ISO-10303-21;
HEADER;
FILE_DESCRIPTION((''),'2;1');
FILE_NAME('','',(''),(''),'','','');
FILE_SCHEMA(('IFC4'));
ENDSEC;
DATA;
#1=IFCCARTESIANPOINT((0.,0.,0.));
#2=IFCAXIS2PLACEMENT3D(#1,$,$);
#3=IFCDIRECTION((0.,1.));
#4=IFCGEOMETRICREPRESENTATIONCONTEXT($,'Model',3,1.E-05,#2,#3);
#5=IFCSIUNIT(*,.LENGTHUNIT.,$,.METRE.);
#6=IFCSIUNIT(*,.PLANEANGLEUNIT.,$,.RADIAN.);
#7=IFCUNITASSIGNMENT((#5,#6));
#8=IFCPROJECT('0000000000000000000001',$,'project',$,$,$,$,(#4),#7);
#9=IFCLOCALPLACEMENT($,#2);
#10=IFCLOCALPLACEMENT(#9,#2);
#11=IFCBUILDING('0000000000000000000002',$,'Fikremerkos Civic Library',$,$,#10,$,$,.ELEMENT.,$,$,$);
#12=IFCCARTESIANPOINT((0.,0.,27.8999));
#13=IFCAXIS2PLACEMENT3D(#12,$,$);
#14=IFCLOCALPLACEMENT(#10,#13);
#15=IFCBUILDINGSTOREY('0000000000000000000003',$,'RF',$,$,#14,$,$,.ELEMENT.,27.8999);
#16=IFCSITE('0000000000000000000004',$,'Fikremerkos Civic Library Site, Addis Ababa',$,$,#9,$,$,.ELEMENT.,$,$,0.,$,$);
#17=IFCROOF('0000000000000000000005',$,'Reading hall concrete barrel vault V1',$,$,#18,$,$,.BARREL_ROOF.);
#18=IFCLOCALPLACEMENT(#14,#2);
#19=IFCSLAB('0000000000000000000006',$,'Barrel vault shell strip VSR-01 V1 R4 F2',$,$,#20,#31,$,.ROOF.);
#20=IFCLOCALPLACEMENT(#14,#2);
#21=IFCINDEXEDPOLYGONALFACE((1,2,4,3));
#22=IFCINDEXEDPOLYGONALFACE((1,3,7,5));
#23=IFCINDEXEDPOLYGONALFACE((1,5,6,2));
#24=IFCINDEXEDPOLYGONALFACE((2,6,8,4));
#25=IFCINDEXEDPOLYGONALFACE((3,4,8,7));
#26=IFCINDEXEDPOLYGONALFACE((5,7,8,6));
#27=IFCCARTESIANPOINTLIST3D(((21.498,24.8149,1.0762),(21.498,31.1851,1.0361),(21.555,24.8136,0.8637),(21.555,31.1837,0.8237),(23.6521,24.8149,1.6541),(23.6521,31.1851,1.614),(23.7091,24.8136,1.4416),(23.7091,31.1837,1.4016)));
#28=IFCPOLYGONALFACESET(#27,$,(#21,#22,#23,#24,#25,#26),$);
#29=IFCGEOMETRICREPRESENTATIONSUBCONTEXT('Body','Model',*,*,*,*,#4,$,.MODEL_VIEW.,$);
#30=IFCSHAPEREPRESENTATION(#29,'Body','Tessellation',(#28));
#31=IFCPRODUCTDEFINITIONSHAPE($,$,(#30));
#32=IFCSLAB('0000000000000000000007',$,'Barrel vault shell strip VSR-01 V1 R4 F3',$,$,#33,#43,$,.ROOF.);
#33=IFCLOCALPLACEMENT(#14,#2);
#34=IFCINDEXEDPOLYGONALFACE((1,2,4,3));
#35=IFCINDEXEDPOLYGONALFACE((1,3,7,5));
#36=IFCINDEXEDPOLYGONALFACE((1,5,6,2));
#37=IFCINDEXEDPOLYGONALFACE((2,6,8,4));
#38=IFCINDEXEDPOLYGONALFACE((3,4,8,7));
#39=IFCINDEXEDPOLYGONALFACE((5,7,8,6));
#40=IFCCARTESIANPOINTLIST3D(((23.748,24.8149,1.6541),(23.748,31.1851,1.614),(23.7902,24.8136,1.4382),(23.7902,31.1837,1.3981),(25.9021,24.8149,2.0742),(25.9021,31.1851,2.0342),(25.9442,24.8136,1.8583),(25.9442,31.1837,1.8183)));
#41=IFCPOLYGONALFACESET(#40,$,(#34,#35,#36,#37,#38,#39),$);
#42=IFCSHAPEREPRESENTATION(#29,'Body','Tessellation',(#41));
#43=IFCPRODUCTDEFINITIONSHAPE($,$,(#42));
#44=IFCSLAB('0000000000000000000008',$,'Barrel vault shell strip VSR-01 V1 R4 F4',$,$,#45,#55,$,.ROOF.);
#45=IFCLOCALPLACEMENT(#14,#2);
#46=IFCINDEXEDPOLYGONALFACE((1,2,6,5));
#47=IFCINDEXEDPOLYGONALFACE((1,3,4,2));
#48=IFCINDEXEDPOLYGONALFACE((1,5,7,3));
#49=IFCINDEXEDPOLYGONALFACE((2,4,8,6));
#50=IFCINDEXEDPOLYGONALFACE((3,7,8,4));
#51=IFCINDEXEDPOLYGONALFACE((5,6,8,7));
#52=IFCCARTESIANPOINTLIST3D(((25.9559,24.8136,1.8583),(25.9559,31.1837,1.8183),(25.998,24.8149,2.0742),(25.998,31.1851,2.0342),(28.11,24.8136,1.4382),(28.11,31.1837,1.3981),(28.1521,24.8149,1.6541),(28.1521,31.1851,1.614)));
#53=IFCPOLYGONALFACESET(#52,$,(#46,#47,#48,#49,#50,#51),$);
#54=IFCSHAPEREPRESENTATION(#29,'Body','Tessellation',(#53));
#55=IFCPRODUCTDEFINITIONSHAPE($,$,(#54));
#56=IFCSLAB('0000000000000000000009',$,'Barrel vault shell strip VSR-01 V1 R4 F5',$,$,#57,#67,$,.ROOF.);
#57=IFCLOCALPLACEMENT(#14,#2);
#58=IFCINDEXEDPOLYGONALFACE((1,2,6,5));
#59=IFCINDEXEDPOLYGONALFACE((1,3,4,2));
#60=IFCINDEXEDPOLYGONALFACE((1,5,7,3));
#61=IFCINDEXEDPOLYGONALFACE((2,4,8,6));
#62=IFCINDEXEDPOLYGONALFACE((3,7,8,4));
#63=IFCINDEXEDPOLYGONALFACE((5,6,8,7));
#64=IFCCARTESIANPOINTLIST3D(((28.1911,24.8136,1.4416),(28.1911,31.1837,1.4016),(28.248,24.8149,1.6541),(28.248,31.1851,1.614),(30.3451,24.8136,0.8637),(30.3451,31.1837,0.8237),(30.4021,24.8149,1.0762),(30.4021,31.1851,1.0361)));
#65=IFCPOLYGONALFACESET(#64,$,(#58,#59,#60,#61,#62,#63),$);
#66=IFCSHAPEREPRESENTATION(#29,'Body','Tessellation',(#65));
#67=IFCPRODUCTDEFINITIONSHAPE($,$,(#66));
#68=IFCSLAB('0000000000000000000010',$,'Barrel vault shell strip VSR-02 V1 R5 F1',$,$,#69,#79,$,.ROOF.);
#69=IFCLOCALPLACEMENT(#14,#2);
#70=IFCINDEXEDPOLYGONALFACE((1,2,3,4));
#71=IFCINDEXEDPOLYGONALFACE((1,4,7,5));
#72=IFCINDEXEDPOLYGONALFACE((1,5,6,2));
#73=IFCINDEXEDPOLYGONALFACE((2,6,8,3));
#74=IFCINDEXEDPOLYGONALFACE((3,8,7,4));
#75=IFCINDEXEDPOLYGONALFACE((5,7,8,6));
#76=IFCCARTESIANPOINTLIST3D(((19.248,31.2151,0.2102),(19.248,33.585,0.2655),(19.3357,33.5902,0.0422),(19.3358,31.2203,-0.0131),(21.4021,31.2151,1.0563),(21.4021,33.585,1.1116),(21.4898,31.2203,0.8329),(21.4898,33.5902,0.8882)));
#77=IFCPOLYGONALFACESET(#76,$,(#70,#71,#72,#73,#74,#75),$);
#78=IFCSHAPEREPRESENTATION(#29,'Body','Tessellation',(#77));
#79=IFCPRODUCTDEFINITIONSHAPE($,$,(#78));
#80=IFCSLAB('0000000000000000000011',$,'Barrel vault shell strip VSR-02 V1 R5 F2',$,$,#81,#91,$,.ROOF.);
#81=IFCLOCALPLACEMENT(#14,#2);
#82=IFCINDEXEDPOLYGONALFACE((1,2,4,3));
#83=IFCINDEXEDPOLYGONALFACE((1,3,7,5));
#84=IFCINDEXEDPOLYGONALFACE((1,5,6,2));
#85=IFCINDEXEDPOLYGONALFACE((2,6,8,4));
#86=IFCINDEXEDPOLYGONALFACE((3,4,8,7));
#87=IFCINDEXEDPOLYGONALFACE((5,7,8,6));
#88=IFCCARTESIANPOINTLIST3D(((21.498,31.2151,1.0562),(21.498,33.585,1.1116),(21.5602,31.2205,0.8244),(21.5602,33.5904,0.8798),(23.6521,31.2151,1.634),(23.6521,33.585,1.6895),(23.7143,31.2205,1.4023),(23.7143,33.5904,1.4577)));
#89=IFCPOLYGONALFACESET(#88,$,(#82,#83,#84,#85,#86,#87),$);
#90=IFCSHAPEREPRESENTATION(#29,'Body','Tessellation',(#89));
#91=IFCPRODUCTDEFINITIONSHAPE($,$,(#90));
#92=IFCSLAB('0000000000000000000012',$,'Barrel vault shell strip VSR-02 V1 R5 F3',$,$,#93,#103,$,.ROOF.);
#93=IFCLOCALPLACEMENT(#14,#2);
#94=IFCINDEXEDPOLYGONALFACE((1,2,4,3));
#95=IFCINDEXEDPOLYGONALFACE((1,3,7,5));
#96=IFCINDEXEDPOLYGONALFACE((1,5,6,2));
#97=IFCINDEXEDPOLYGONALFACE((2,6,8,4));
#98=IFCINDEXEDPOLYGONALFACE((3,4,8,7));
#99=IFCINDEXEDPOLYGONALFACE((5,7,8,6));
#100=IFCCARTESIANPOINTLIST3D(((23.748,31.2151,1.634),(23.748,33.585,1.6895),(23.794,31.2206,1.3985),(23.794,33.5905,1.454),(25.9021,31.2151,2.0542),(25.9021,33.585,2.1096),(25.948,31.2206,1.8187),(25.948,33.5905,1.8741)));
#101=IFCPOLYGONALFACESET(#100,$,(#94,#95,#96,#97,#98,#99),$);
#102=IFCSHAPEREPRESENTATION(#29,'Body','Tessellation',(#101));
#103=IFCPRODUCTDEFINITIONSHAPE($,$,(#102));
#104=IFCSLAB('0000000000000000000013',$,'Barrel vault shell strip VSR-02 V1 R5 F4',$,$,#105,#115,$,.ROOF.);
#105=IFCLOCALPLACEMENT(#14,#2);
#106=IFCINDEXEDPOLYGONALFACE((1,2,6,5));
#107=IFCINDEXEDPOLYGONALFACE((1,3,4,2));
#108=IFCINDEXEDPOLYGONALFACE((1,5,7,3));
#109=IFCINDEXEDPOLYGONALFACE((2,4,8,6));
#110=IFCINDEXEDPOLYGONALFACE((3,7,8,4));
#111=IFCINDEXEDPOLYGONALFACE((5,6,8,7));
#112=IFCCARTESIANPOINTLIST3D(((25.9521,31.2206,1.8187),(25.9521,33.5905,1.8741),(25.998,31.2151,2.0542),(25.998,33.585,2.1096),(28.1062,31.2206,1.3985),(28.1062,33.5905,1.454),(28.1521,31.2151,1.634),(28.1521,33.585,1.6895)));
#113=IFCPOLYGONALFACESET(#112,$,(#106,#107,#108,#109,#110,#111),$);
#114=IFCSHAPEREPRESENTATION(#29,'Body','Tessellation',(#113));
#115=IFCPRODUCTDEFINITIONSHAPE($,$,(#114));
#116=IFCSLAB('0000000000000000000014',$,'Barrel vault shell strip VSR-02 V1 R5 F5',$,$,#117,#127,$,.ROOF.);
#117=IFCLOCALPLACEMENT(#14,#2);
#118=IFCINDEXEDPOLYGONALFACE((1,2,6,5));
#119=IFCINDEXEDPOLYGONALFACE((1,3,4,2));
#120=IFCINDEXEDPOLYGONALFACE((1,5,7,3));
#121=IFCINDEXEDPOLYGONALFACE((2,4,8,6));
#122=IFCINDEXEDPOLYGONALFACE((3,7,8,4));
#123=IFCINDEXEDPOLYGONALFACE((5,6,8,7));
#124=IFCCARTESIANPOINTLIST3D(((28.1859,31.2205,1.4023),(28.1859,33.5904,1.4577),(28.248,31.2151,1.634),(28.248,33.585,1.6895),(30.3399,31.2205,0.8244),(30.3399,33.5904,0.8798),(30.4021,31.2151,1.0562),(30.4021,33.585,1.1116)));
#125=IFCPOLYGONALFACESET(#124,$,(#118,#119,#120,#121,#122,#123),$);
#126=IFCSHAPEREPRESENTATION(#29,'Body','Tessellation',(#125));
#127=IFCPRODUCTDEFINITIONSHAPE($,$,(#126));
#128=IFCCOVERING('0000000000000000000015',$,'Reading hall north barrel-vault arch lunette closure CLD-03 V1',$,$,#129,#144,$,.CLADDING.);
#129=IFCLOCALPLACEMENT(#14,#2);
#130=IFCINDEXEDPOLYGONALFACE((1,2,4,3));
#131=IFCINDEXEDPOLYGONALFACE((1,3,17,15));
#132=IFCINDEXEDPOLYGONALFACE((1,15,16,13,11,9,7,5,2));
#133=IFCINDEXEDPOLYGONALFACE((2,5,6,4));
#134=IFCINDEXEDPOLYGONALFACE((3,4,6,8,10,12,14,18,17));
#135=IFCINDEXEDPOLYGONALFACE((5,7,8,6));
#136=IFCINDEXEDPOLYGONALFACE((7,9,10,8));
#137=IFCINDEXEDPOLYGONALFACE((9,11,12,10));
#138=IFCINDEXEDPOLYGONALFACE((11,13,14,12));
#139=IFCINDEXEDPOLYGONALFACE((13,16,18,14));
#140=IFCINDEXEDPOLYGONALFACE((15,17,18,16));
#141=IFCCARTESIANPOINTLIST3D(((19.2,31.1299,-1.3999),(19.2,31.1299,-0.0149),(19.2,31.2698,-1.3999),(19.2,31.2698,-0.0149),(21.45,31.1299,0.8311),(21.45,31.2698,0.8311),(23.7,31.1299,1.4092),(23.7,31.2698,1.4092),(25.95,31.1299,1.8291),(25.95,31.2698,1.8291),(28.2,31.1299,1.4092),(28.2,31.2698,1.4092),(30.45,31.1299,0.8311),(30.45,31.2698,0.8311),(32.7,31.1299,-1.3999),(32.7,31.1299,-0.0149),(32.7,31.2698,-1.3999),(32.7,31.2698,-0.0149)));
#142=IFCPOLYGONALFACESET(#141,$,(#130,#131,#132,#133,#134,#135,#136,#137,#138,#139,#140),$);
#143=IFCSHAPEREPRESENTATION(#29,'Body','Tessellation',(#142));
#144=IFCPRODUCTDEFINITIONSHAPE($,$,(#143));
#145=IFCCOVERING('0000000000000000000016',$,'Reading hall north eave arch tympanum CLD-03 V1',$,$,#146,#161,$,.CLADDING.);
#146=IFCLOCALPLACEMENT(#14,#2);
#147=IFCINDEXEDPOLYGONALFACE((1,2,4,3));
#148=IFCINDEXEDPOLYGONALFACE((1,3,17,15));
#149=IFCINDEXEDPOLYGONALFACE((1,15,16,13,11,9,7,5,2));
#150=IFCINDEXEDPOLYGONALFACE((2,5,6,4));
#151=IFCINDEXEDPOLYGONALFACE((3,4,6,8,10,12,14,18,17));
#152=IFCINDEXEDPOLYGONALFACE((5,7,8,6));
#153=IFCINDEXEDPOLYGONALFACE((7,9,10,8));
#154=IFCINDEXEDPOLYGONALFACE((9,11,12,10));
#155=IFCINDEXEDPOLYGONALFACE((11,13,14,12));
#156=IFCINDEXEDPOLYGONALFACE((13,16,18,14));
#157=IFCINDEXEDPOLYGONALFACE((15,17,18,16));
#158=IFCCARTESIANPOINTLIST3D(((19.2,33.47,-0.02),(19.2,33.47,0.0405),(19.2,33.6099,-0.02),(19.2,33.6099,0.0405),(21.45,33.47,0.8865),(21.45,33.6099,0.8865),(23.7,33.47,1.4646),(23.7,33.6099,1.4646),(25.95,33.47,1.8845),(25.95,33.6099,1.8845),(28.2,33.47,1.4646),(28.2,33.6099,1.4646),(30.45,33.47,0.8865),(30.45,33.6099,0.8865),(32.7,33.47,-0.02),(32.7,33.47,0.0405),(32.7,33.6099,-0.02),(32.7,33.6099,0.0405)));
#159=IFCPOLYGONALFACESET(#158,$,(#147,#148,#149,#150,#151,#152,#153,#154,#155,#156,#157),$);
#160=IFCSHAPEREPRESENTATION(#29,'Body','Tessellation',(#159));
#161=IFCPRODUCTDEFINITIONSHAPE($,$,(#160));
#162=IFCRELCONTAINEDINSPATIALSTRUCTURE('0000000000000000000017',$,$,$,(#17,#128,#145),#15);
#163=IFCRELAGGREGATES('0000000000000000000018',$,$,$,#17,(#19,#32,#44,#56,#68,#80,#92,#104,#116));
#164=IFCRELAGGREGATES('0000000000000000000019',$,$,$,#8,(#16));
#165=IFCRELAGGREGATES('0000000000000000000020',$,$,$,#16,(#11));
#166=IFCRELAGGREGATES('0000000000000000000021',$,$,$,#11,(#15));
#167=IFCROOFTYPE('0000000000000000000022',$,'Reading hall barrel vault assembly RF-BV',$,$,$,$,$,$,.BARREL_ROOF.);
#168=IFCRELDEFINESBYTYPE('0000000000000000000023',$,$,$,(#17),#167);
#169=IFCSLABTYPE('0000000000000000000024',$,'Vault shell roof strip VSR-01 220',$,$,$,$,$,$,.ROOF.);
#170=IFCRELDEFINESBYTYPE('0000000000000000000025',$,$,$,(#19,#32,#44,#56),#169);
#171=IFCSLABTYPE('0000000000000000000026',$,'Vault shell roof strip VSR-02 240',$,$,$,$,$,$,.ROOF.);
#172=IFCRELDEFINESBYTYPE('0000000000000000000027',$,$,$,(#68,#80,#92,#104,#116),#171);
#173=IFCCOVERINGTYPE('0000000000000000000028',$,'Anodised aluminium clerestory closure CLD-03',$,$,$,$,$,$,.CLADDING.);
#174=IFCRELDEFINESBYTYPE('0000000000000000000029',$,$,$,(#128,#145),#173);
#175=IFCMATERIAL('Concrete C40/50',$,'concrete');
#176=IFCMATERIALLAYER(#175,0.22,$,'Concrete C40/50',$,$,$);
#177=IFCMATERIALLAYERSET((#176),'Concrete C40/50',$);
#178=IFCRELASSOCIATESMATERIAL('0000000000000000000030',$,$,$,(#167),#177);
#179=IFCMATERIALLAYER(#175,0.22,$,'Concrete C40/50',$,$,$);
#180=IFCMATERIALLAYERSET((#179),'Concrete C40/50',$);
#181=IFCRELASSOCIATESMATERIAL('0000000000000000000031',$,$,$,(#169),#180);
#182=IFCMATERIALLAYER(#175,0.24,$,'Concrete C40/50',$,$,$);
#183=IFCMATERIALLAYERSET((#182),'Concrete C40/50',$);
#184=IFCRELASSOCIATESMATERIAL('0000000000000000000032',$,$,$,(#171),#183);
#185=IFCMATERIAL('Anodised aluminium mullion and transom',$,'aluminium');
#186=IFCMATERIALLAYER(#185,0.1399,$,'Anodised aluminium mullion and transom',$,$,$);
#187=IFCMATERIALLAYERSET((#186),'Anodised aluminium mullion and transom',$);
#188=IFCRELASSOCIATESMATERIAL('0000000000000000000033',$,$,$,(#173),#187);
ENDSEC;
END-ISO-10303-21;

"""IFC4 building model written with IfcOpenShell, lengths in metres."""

from ifc_helpers import new_model, si_unit, direction, frame, origin, place, context, subcontext, project, spatial, polyline, outline, extrude, material, layer, layer_set, type_object, element, aggregate, save


model = new_model("IFC4")

# Units and contexts
model_context = context("Model", 3, precision=1e-05, world=origin(), true_north=direction((0.0, 1.0)))
body_context = subcontext(model_context, "Body", "Model", "MODEL_VIEW")
ifc_project = project(units=[si_unit("LENGTHUNIT", "METRE"), si_unit("PLANEANGLEUNIT", "RADIAN")], contexts=[model_context])

# Site, building, storey
site_placement = place(None, origin())
site = spatial("IfcSite", under=ifc_project, at=site_placement, Name="Fikremerkos Civic Library Site, Addis Ababa", CompositionType="ELEMENT", RefElevation=0.0)
building_placement = place(site_placement, origin())
building = spatial("IfcBuilding", under=site, at=building_placement, Name="Fikremerkos Civic Library", CompositionType="ELEMENT")
storey_placement = place(building_placement, frame((0.0, 0.0, 27.8999)))
storey = spatial("IfcBuildingStorey", under=building, at=storey_placement, Name="RF", CompositionType="ELEMENT", Elevation=27.8999)

# Roof, slabs
ifc_material_1 = material(Name="Concrete C40/50", Category="concrete")
ifc_layer_1 = layer(ifc_material_1, 0.22, Name="Concrete C40/50")
ifc_layer_set_1 = layer_set([ifc_layer_1], Name="Concrete C40/50")
roof_type = type_object("IfcRoofType", Name="Reading hall barrel vault assembly RF-BV", PredefinedType="BARREL_ROOF", material=ifc_layer_set_1)
roof_placement = place(storey_placement, origin())
roof = element("IfcRoof", 1, at=roof_placement, inside=storey, type_object=roof_type, Name="Reading hall concrete barrel vault V1", PredefinedType="BARREL_ROOF")
ifc_layer_2 = layer(ifc_material_1, 0.22, Name="Concrete C40/50")
ifc_layer_set_2 = layer_set([ifc_layer_2], Name="Concrete C40/50")
slab_type_1 = type_object("IfcSlabType", Name="Vault shell roof strip VSR-01 220", PredefinedType="ROOF", material=ifc_layer_set_2)
slab_1_placement = place(storey_placement, frame((21.498, 24.8149, 1.0762), z_axis=(-0.259109, 0.006071, 0.965829), x_axis=(0.965847, 0.0, 0.259114)))
slab_1 = element("IfcSlab", 2, at=slab_1_placement, type_object=slab_type_1, Name="Barrel vault shell strip VSR-01 V1 R4 F2", PredefinedType="ROOF", context=body_context, shape_type="SweptSolid", body=[
    extrude(outline(polyline([(0.0, 0.0), (2.2302, 0.0), (2.2198, 6.3702), (-0.0104, 6.3702), (0.0, 0.0)])), origin(), (0.0, 0.0, -1.0), 0.22),
])
slab_2_placement = place(storey_placement, frame((23.748, 24.8149, 1.6541), z_axis=(-0.191447, 0.006169, 0.981484), x_axis=(0.981502, 0.0, 0.19145)))
slab_2 = element("IfcSlab", 3, at=slab_2_placement, type_object=slab_type_1, Name="Barrel vault shell strip VSR-01 V1 R4 F3", PredefinedType="ROOF", context=body_context, shape_type="SweptSolid", body=[
    extrude(outline(polyline([(0.0, 0.0), (2.1946, 0.0), (2.187, 6.3702), (-0.0077, 6.3702), (0.0, 0.0)])), origin(), (0.0, 0.0, -1.0), 0.22),
])
slab_3_placement = place(storey_placement, frame((25.998, 24.8149, 2.0742), z_axis=(0.191447, 0.006169, 0.981484), x_axis=(0.981502, 0.0, -0.19145)))
slab_3 = element("IfcSlab", 4, at=slab_3_placement, type_object=slab_type_1, Name="Barrel vault shell strip VSR-01 V1 R4 F4", PredefinedType="ROOF", context=body_context, shape_type="SweptSolid", body=[
    extrude(outline(polyline([(0.0, 0.0), (2.1946, 0.0), (2.2023, 6.3702), (0.0077, 6.3702), (0.0, 0.0)])), origin(), (0.0, 0.0, -1.0), 0.22),
])
slab_4_placement = place(storey_placement, frame((28.248, 24.8149, 1.6541), z_axis=(0.259109, 0.006071, 0.965829), x_axis=(0.965847, 0.0, -0.259114)))
slab_4 = element("IfcSlab", 5, at=slab_4_placement, type_object=slab_type_1, Name="Barrel vault shell strip VSR-01 V1 R4 F5", PredefinedType="ROOF", context=body_context, shape_type="SweptSolid", body=[
    extrude(outline(polyline([(0.0, 0.0), (2.2302, 0.0), (2.2406, 6.3702), (0.0104, 6.3702), (0.0, 0.0)])), origin(), (0.0, 0.0, -1.0), 0.22),
])
ifc_layer_3 = layer(ifc_material_1, 0.24, Name="Concrete C40/50")
ifc_layer_set_3 = layer_set([ifc_layer_3], Name="Concrete C40/50")
slab_type_2 = type_object("IfcSlabType", Name="Vault shell roof strip VSR-02 240", PredefinedType="ROOF", material=ifc_layer_set_3)
slab_5_placement = place(storey_placement, frame((19.248, 31.2151, 0.2102), z_axis=(-0.365504, -0.021713, 0.930556), x_axis=(0.930776, -0.000001, 0.36559)))
slab_5 = element("IfcSlab", 6, at=slab_5_placement, type_object=slab_type_2, Name="Barrel vault shell strip VSR-02 V1 R5 F1", PredefinedType="ROOF", context=body_context, shape_type="SweptSolid", body=[
    extrude(outline(polyline([(0.0, 0.0), (2.3142, 0.0), (2.3345, 2.3704), (0.0202, 2.3704), (0.0, 0.0)])), origin(), (0.0, 0.0, -1.0), 0.24),
])
slab_6_placement = place(storey_placement, frame((21.498, 31.2151, 1.0562), z_axis=(-0.259048, -0.022581, 0.965601), x_axis=(0.965847, 0.0, 0.259114)))
slab_6 = element("IfcSlab", 7, at=slab_6_placement, type_object=slab_type_2, Name="Barrel vault shell strip VSR-02 V1 R5 F2", PredefinedType="ROOF", context=body_context, shape_type="SweptSolid", body=[
    extrude(outline(polyline([(0.0, 0.0), (2.2302, 0.0), (2.2446, 2.3705), (0.0144, 2.3705), (0.0, 0.0)])), origin(), (0.0, 0.0, -1.0), 0.24),
])
slab_7_placement = place(storey_placement, frame((23.748, 31.2151, 1.634), z_axis=(-0.1914, -0.022947, 0.981244), x_axis=(0.981502, 0.0, 0.19145)))
slab_7 = element("IfcSlab", 8, at=slab_7_placement, type_object=slab_type_2, Name="Barrel vault shell strip VSR-02 V1 R5 F3", PredefinedType="ROOF", context=body_context, shape_type="SweptSolid", body=[
    extrude(outline(polyline([(0.0, 0.0), (2.1946, 0.0), (2.2053, 2.3705), (0.0106, 2.3705), (0.0, 0.0)])), origin(), (0.0, 0.0, -1.0), 0.24),
])
slab_8_placement = place(storey_placement, frame((25.998, 31.2151, 2.0542), z_axis=(0.1914, -0.022947, 0.981244), x_axis=(0.981502, 0.0, -0.19145)))
slab_8 = element("IfcSlab", 9, at=slab_8_placement, type_object=slab_type_2, Name="Barrel vault shell strip VSR-02 V1 R5 F4", PredefinedType="ROOF", context=body_context, shape_type="SweptSolid", body=[
    extrude(outline(polyline([(0.0, 0.0), (2.1946, 0.0), (2.184, 2.3705), (-0.0106, 2.3705), (0.0, 0.0)])), origin(), (0.0, 0.0, -1.0), 0.24),
])
slab_9_placement = place(storey_placement, frame((28.248, 31.2151, 1.634), z_axis=(0.259048, -0.022581, 0.965601), x_axis=(0.965847, 0.0, -0.259114)))
slab_9 = element("IfcSlab", 10, at=slab_9_placement, type_object=slab_type_2, Name="Barrel vault shell strip VSR-02 V1 R5 F5", PredefinedType="ROOF", context=body_context, shape_type="SweptSolid", body=[
    extrude(outline(polyline([(0.0, 0.0), (2.2302, 0.0), (2.2159, 2.3705), (-0.0144, 2.3705), (0.0, 0.0)])), origin(), (0.0, 0.0, -1.0), 0.24),
])
aggregate(roof, [slab_1, slab_2, slab_3, slab_4, slab_5, slab_6, slab_7, slab_8, slab_9])

# Coverings
ifc_material_2 = material(Name="Anodised aluminium mullion and transom", Category="aluminium")
ifc_layer_4 = layer(ifc_material_2, 0.1399, Name="Anodised aluminium mullion and transom")
ifc_layer_set_4 = layer_set([ifc_layer_4], Name="Anodised aluminium mullion and transom")
covering_type = type_object("IfcCoveringType", Name="Anodised aluminium clerestory closure CLD-03", PredefinedType="CLADDING", material=ifc_layer_set_4)
covering_1_placement = place(storey_placement, frame((19.2, 31.2, -1.3999), z_axis=(0.0, 0.0, 1.0), x_axis=(1.0, 0.0, 0.0)))
element("IfcCovering", 11, at=covering_1_placement, inside=storey, type_object=covering_type, Name="Reading hall north barrel-vault arch lunette closure CLD-03 V1", PredefinedType="CLADDING", context=body_context, shape_type="SweptSolid", body=[
    extrude(outline(polyline([(0.0, 0.0), (13.5, 0.0), (13.5, 1.385), (11.25, 2.231), (9.0, 2.8091), (6.75, 3.229), (4.5, 2.8091), (2.25, 2.231), (0.0, 1.385), (0.0, 0.0)])), frame((0.0, 0.0698, 0.0), z_axis=(0.0, -1.0, 0.0), x_axis=(1.0, 0.0, 0.0)), (0.0, 0.0, 1.0), 0.1399),
])
covering_2_placement = place(storey_placement, frame((19.2, 33.54, -0.02), z_axis=(0.0, 0.0, 1.0), x_axis=(1.0, 0.0, 0.0)))
element("IfcCovering", 12, at=covering_2_placement, inside=storey, type_object=covering_type, Name="Reading hall north eave arch tympanum CLD-03 V1", PredefinedType="CLADDING", context=body_context, shape_type="SweptSolid", body=[
    extrude(outline(polyline([(0.0, 0.0), (13.5, 0.0), (13.5, 0.0605), (11.25, 0.9065), (9.0, 1.4846), (6.75, 1.9045), (4.5, 1.4846), (2.25, 0.9065), (0.0, 0.0605), (0.0, 0.0)])), frame((0.0, 0.0698, 0.0), z_axis=(0.0, -1.0, 0.0), x_axis=(1.0, 0.0, 0.0)), (0.0, 0.0, 1.0), 0.1399),
])

save(model, "model.ifc")
